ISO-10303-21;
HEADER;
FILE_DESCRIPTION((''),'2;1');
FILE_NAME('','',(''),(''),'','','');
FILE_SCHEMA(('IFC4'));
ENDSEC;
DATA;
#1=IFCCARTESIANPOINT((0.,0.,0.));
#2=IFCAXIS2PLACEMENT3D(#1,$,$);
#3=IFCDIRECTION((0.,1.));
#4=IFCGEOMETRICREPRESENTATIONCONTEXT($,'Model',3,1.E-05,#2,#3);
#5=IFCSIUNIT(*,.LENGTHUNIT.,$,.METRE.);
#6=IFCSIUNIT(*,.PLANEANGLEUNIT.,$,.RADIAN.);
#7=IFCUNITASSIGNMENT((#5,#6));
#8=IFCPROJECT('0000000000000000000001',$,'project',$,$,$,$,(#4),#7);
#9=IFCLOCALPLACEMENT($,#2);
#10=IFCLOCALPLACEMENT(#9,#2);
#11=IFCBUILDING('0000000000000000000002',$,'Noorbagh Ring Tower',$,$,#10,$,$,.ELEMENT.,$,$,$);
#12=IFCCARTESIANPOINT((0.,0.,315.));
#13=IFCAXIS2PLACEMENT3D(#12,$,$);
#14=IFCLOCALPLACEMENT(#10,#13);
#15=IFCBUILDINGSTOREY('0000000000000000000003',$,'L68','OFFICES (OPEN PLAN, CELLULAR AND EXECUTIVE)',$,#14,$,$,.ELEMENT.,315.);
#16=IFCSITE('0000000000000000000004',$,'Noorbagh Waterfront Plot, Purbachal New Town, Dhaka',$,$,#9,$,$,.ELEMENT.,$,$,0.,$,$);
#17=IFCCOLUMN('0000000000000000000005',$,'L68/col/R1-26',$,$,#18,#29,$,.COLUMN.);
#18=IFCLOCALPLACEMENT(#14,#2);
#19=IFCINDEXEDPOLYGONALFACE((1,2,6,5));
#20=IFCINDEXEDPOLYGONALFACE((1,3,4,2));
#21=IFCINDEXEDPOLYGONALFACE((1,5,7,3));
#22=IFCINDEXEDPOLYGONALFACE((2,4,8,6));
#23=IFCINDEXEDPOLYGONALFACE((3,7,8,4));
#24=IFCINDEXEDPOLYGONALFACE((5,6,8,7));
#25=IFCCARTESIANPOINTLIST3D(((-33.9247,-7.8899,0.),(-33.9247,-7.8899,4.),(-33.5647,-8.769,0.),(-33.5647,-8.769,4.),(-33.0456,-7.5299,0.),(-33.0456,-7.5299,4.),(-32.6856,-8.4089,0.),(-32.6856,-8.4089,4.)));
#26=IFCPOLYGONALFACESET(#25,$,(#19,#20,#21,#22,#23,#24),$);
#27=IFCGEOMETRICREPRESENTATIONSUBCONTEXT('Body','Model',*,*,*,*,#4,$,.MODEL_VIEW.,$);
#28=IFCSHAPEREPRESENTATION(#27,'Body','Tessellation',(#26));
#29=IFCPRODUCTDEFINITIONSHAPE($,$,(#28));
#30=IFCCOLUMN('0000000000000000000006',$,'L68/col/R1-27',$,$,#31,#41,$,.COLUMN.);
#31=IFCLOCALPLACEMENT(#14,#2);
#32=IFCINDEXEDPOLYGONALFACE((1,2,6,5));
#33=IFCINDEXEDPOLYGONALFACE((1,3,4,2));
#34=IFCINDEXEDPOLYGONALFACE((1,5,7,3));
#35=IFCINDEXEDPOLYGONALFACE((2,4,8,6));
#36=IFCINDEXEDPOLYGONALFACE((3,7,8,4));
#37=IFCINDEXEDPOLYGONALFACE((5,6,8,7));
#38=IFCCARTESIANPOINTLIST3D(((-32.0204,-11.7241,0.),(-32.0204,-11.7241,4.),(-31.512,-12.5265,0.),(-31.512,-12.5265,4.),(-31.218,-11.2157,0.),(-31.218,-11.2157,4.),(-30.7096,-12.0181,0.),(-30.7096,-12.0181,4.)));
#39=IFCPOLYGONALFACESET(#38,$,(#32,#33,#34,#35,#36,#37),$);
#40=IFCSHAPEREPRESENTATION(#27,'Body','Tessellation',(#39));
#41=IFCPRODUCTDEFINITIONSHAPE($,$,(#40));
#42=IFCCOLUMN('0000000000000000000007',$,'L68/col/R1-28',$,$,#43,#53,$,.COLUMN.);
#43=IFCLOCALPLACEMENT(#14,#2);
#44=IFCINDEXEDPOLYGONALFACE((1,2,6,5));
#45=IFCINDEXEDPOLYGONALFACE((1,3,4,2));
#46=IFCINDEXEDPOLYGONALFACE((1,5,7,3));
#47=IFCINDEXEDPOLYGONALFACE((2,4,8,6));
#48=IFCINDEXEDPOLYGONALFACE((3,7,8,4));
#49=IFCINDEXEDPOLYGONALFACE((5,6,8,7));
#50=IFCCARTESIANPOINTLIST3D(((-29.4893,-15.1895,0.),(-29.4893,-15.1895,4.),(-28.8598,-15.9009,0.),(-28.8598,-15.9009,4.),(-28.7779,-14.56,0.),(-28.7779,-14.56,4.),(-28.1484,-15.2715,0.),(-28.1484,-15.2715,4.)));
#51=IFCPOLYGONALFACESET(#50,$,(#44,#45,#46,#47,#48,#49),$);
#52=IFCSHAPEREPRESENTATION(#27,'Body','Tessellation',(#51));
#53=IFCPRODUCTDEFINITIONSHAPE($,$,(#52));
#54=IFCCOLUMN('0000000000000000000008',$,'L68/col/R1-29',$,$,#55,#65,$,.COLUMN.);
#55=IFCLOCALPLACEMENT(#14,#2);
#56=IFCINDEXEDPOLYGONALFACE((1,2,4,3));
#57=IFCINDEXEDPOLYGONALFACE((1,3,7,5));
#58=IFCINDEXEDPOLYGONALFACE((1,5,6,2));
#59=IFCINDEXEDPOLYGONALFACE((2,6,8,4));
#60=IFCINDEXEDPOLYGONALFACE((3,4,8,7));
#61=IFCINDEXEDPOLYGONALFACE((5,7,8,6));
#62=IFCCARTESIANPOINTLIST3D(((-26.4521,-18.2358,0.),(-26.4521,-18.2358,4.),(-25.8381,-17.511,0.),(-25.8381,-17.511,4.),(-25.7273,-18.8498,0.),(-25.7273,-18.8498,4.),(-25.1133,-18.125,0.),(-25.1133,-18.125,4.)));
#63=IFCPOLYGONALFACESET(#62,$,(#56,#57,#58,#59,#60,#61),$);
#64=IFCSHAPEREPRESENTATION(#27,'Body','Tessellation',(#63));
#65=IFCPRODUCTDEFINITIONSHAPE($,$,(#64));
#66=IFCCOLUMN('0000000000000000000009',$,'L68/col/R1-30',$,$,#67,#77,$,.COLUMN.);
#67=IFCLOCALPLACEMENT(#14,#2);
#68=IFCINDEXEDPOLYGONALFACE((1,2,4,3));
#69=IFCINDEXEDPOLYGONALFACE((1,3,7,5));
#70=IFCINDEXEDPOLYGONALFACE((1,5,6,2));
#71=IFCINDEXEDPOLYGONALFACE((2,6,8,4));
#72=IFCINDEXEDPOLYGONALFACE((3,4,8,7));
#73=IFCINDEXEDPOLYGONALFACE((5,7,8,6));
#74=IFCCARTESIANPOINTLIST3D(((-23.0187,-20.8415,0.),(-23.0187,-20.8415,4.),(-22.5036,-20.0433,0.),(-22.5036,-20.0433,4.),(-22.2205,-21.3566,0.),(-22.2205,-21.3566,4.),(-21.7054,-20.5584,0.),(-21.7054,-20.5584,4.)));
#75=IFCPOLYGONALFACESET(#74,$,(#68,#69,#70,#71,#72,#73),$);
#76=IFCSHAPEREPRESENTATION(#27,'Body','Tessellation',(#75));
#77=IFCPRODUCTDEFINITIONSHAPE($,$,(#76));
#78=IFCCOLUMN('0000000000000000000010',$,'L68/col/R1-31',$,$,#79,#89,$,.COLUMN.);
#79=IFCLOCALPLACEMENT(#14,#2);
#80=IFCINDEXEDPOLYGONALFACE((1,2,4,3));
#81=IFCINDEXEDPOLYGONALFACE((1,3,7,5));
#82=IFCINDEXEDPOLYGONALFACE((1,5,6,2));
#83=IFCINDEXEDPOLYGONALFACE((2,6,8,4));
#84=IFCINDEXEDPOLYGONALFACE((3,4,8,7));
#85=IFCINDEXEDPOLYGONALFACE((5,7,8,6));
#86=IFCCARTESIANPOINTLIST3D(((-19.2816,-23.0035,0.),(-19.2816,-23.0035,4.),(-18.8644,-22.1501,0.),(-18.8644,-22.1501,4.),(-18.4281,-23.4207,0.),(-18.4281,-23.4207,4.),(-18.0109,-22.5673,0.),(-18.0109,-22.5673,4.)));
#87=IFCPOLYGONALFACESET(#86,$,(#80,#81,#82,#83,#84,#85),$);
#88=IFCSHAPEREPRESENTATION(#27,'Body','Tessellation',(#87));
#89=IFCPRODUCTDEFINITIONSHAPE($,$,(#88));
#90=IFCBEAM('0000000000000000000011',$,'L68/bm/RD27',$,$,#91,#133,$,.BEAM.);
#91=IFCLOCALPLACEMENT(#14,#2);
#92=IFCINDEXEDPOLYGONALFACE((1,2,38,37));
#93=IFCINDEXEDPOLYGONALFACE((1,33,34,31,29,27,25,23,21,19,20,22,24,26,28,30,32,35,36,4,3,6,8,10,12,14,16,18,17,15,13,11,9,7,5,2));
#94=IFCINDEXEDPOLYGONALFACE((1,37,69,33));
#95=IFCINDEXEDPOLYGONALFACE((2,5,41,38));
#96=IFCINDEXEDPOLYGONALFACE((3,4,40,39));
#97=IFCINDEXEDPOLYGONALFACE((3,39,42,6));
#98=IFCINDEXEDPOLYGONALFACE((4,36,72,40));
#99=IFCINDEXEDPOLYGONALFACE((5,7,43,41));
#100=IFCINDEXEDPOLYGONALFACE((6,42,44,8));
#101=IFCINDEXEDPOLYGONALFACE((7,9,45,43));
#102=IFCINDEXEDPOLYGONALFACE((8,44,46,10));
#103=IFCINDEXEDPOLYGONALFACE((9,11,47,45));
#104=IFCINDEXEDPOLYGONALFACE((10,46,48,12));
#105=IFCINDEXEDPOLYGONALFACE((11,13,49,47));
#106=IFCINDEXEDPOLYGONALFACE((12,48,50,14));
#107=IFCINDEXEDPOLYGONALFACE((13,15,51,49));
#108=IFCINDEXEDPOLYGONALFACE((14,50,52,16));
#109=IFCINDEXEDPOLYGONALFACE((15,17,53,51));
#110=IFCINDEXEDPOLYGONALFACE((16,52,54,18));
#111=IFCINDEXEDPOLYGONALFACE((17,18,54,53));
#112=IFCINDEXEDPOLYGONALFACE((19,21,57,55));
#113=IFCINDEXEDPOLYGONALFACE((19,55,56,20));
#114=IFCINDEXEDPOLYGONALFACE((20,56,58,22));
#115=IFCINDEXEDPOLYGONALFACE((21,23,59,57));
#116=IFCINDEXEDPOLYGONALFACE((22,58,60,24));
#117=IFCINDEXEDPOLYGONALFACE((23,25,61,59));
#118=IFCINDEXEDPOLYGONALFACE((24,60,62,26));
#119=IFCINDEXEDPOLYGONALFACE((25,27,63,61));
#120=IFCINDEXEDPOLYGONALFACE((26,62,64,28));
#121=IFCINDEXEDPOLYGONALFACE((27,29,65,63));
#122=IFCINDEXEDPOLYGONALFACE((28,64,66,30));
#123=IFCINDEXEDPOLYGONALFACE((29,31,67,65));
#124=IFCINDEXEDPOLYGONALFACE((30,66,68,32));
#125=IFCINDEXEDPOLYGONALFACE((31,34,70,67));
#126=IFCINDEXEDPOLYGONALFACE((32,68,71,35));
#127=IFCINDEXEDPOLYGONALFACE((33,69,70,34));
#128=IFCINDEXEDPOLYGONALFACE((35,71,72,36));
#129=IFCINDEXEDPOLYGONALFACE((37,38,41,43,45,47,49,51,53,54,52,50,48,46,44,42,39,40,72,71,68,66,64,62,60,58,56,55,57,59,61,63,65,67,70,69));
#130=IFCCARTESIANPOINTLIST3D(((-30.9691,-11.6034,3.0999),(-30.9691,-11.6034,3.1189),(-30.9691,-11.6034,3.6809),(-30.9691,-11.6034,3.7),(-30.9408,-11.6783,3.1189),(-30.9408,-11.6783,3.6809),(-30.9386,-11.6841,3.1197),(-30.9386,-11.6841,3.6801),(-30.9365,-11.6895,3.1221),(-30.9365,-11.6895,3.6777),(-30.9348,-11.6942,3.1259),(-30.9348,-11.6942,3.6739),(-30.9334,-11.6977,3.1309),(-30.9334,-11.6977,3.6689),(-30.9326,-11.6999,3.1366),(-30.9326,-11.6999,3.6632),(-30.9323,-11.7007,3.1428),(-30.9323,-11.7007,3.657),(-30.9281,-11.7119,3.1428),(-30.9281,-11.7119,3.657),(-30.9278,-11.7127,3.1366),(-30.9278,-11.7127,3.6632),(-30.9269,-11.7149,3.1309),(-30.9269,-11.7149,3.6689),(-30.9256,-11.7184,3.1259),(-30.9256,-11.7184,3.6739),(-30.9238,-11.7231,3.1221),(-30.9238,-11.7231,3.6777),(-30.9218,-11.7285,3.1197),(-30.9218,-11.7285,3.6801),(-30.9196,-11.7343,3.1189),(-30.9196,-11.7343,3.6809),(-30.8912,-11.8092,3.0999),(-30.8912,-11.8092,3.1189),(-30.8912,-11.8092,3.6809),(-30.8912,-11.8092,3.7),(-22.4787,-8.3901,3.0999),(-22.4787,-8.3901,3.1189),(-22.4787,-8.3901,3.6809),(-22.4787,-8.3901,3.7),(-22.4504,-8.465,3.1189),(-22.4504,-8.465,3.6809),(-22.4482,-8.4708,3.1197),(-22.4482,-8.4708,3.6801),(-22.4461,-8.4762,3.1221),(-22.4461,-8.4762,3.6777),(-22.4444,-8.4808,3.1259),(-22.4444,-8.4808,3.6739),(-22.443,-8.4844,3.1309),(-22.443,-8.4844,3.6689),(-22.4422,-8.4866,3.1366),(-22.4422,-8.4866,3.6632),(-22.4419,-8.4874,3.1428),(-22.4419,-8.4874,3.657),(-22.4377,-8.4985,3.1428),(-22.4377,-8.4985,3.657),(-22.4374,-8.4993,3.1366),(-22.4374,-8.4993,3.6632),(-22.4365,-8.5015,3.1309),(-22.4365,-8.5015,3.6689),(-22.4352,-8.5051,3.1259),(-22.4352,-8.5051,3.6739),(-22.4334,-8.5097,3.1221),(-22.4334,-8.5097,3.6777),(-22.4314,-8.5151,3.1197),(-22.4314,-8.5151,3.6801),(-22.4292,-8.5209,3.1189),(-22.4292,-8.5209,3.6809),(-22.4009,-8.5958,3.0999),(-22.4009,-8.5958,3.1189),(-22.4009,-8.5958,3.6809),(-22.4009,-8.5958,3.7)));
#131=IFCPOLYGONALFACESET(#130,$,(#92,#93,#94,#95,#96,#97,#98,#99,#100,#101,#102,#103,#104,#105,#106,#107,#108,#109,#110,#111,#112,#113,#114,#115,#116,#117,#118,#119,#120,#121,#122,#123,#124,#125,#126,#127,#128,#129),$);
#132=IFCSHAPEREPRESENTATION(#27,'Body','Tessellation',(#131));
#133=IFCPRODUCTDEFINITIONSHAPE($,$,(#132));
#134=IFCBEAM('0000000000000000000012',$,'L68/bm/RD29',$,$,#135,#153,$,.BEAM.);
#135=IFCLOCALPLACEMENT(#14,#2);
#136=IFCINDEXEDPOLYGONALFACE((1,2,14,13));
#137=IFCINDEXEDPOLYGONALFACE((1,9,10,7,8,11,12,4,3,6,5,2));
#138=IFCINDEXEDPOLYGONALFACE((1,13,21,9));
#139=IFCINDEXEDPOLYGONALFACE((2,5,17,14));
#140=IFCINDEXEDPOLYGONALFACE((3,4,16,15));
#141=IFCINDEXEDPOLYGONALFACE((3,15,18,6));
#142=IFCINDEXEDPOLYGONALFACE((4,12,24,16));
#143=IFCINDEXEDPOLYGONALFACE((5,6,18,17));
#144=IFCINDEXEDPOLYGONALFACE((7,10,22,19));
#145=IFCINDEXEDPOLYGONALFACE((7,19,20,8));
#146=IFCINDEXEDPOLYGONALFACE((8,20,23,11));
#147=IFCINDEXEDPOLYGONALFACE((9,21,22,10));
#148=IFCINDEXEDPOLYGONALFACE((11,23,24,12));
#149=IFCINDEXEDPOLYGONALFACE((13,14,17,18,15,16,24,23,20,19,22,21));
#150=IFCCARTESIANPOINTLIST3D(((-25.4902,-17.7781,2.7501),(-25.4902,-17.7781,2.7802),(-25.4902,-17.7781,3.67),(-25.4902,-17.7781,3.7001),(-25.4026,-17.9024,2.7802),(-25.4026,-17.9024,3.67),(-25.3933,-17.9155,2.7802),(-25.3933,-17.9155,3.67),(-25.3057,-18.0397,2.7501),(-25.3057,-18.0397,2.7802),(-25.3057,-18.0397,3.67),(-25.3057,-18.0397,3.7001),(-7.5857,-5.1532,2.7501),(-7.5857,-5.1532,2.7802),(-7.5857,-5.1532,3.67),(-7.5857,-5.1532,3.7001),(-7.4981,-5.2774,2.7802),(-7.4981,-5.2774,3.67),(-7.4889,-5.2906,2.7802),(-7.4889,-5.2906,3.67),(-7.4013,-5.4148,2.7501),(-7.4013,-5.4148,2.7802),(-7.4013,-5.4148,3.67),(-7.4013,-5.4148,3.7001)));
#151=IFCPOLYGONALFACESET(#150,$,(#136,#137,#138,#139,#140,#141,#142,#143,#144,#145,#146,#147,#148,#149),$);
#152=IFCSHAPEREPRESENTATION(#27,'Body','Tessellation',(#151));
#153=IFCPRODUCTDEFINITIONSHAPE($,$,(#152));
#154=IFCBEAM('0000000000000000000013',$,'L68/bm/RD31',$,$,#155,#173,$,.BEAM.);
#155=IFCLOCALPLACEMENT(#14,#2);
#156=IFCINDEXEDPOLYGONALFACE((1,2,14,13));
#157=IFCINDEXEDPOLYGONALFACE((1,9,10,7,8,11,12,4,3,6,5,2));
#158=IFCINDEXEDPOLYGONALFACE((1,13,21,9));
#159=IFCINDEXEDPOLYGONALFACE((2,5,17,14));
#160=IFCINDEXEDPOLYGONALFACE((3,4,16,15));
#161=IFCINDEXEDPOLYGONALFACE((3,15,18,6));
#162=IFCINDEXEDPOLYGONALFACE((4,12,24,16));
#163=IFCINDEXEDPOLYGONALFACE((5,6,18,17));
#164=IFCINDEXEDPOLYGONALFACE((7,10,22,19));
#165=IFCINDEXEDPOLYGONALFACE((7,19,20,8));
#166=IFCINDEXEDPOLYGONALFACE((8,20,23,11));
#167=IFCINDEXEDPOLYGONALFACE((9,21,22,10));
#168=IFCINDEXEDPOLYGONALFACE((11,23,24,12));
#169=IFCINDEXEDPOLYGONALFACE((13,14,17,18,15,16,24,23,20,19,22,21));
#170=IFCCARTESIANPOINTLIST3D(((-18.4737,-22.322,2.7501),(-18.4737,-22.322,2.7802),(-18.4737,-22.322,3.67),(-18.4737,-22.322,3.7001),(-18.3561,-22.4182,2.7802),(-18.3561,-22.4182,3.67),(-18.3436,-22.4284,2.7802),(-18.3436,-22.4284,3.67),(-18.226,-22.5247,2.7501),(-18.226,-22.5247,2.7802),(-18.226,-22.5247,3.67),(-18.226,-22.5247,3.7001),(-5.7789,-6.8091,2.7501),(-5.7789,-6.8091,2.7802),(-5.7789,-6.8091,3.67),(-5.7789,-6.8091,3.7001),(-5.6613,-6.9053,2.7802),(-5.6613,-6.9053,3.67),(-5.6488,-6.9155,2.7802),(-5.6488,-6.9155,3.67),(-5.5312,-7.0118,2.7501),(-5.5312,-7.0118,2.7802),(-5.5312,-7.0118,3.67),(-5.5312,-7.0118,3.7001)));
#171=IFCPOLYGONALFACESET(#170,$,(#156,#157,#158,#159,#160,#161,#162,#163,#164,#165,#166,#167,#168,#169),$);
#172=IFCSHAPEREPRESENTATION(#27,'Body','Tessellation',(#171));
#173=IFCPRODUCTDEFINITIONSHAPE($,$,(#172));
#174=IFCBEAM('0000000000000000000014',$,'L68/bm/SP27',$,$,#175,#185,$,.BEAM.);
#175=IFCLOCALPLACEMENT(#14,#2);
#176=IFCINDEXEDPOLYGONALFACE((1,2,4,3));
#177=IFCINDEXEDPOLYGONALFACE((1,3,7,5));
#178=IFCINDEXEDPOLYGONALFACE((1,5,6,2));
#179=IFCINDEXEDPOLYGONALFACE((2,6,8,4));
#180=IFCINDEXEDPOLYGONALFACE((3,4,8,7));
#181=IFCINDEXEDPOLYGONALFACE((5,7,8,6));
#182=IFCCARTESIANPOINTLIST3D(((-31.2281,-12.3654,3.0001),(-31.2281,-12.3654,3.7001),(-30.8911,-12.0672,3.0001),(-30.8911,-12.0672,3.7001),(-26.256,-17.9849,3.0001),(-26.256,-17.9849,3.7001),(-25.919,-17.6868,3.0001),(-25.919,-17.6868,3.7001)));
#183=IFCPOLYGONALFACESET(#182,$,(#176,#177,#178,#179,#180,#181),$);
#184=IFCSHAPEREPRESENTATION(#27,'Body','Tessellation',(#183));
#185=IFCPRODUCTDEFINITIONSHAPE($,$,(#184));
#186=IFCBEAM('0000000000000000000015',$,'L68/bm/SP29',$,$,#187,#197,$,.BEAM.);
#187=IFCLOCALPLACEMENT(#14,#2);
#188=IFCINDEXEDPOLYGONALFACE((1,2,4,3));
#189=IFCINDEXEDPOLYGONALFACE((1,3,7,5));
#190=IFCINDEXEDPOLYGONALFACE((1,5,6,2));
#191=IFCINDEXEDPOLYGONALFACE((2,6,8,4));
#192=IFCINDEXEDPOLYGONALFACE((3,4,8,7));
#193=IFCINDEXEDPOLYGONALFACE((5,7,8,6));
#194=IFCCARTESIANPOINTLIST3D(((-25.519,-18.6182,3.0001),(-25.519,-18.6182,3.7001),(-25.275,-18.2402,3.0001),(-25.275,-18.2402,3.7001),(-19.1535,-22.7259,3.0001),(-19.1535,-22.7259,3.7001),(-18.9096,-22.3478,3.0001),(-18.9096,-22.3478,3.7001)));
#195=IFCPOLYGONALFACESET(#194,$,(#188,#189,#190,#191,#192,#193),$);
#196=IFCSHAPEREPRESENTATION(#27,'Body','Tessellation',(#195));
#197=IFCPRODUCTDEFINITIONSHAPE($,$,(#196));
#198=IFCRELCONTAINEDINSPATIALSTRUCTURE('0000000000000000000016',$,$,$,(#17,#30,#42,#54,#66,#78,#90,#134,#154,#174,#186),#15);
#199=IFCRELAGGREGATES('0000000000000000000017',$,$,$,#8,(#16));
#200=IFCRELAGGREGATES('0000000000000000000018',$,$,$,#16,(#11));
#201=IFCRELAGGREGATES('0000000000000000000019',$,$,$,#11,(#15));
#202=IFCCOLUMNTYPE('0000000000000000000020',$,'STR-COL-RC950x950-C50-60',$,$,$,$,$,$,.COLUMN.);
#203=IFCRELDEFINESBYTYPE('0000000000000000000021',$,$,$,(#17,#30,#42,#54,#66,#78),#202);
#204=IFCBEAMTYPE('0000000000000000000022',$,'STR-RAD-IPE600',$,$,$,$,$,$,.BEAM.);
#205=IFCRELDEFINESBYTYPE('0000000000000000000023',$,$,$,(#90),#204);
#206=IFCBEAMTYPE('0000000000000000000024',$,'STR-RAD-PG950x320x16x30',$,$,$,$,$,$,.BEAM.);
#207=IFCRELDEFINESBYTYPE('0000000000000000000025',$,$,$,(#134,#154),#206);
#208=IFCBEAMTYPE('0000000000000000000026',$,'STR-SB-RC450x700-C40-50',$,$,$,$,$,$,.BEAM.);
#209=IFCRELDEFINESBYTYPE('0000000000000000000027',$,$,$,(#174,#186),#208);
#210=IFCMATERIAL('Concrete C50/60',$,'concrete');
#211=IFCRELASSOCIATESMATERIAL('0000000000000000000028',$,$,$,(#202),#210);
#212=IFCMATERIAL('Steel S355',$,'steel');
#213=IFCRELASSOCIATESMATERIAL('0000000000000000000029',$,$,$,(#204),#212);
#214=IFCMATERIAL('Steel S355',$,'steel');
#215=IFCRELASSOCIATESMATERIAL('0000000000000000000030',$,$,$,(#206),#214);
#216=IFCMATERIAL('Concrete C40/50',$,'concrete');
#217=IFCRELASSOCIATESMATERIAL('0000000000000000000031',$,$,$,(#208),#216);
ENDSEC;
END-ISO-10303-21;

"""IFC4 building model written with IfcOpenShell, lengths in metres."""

from ifc_helpers import new_model, si_unit, direction, frame, origin, origin_2d, place, context, subcontext, project, spatial, rectangle, i_section, extrude, material, material_profile, profile_set, type_object, element, save


model = new_model("IFC4")

# Units and contexts
model_context = context("Model", 3, precision=1e-05, world=origin(), true_north=direction((0.0, 1.0)))
body_context = subcontext(model_context, "Body", "Model", "MODEL_VIEW")
ifc_project = project(units=[si_unit("LENGTHUNIT", "METRE"), si_unit("PLANEANGLEUNIT", "RADIAN")], contexts=[model_context])

# Site, building, storey
site_placement = place(None, origin())
site = spatial("IfcSite", under=ifc_project, at=site_placement, Name="Noorbagh Waterfront Plot, Purbachal New Town, Dhaka", CompositionType="ELEMENT", RefElevation=0.0)
building_placement = place(site_placement, origin())
building = spatial("IfcBuilding", under=site, at=building_placement, Name="Noorbagh Ring Tower", CompositionType="ELEMENT")
storey_placement = place(building_placement, frame((0.0, 0.0, 315.0)))
storey = spatial("IfcBuildingStorey", under=building, at=storey_placement, Name="L68", Description="OFFICES (OPEN PLAN, CELLULAR AND EXECUTIVE)", CompositionType="ELEMENT", Elevation=315.0)

# Columns
ifc_material_1 = material(Name="Concrete C50/60", Category="concrete")
ifc_material_profile_1 = material_profile(ifc_material_1, rectangle(XDim=0.95, YDim=0.95, at=origin_2d()), Name="RC950x950")
ifc_profile_set_1 = profile_set([ifc_material_profile_1], Name="Concrete C50/60")
column_type = type_object("IfcColumnType", Name="STR-COL-RC950x950-C50-60", PredefinedType="COLUMN", material=ifc_profile_set_1)
for number, where, z_axis, x_axis, name in (
    (1, (-33.3052, -8.1494, 0.0), (0.0, 0.0, 1.0), (0.378989, -0.925401, 0.0), "L68/col/R1-26"),
    (2, (-31.365, -11.8711, 0.0), (0.0, 0.0, 1.0), (0.53519, -0.844731, 0.0), "L68/col/R1-27"),
    (3, (-28.8188, -15.2305, 0.0), (0.0, 0.0, 1.0), (0.662636, -0.748942, 0.0), "L68/col/R1-28"),
    (4, (-25.7827, -18.1804, 0.0), (0.0, 0.0, 1.0), (0.763035, -0.646357, 0.0), "L68/col/R1-29"),
    (5, (-22.3621, -20.7, 0.0), (0.0, 0.0, 1.0), (0.840248, -0.542203, 0.0), "L68/col/R1-30"),
    (6, (-18.6462, -22.7854, 0.0), (0.0, 0.0, 1.0), (0.898399, -0.43918, 0.0), "L68/col/R1-31"),
):
    element("IfcColumn", number, at=place(storey_placement, frame(where, z_axis=z_axis, x_axis=x_axis)), inside=storey, type_object=column_type, Name=name, PredefinedType="COLUMN", context=body_context, shape_type="SweptSolid", body=[
        extrude(rectangle(XDim=0.95, YDim=0.95, at=origin_2d()), origin(), (0.0, 0.0, 1.0), 4.0),
    ])

# Beams
ifc_material_2 = material(Name="Steel S355", Category="steel")
ifc_material_profile_2 = material_profile(ifc_material_2, i_section(OverallWidth=0.22, OverallDepth=0.6001, WebThickness=0.012, FlangeThickness=0.019, FilletRadius=0.0239, at=origin_2d()), Name="IPE600")
ifc_profile_set_2 = profile_set([ifc_material_profile_2], Name="Steel S355")
beam_type_1 = type_object("IfcBeamType", Name="STR-RAD-IPE600", PredefinedType="BEAM", material=ifc_profile_set_2)
beam_1_placement = place(storey_placement, frame((-30.9302, -11.7063, 3.3999), z_axis=(0.935258, 0.353966, 0.0), x_axis=(-0.353966, 0.935258, 0.0)))
element("IfcBeam", 7, at=beam_1_placement, inside=storey, type_object=beam_type_1, Name="L68/bm/RD27", PredefinedType="BEAM", context=body_context, shape_type="SweptSolid", body=[
    extrude(i_section(OverallWidth=0.22, OverallDepth=0.6001, WebThickness=0.012, FlangeThickness=0.019, FilletRadius=0.0239, at=origin_2d()), origin(), (0.0, 0.0, 1.0), 9.0781),
])
ifc_material_3 = material(Name="Steel S355", Category="steel")
ifc_material_profile_3 = material_profile(ifc_material_3, i_section(OverallWidth=0.3201, OverallDepth=0.95, WebThickness=0.0161, FlangeThickness=0.03, at=origin_2d()), Name="PG950x320x16x30")
ifc_profile_set_3 = profile_set([ifc_material_profile_3], Name="Steel S355")
beam_type_2 = type_object("IfcBeamType", Name="STR-RAD-PG950x320x16x30", PredefinedType="BEAM", material=ifc_profile_set_3)
beam_2_placement = place(storey_placement, frame((-25.3979, -17.9089, 3.2251), z_axis=(0.817258, 0.576272, 0.0), x_axis=(-0.576272, 0.817258, 0.0)))
element("IfcBeam", 8, at=beam_2_placement, inside=storey, type_object=beam_type_2, Name="L68/bm/RD29", PredefinedType="BEAM", context=body_context, shape_type="SweptSolid", body=[
    extrude(i_section(OverallWidth=0.3201, OverallDepth=0.95, WebThickness=0.0161, FlangeThickness=0.03, at=origin_2d()), origin(), (0.0, 0.0, 1.0), 21.908),
])
beam_3_placement = place(storey_placement, frame((-18.3499, -22.4233, 3.2251), z_axis=(0.63331, 0.773898, 0.0), x_axis=(-0.773898, 0.63331, 0.0)))
element("IfcBeam", 9, at=beam_3_placement, inside=storey, type_object=beam_type_2, Name="L68/bm/RD31", PredefinedType="BEAM", context=body_context, shape_type="SweptSolid", body=[
    extrude(i_section(OverallWidth=0.3201, OverallDepth=0.95, WebThickness=0.0161, FlangeThickness=0.03, at=origin_2d()), origin(), (0.0, 0.0, 1.0), 20.0452),
])
ifc_material_4 = material(Name="Concrete C40/50", Category="concrete")
ifc_material_profile_4 = material_profile(ifc_material_4, rectangle(XDim=0.45, YDim=0.7, at=origin_2d()), Name="RC450x700")
ifc_profile_set_4 = profile_set([ifc_material_profile_4], Name="Concrete C40/50")
beam_type_3 = type_object("IfcBeamType", Name="STR-SB-RC450x700-C40-50", PredefinedType="BEAM", material=ifc_profile_set_4)
beam_4_placement = place(storey_placement, frame((-31.0596, -12.2163, 3.3501), z_axis=(0.662645, -0.748933, 0.0), x_axis=(0.748933, 0.662645, 0.0)))
element("IfcBeam", 10, at=beam_4_placement, inside=storey, type_object=beam_type_3, Name="L68/bm/SP27", PredefinedType="BEAM", context=body_context, shape_type="SweptSolid", body=[
    extrude(rectangle(XDim=0.45, YDim=0.7, at=origin_2d()), origin(), (0.0, 0.0, 1.0), 7.5034),
])
beam_5_placement = place(storey_placement, frame((-25.397, -18.4292, 3.3501), z_axis=(0.840242, -0.542211, 0.0), x_axis=(0.542211, 0.840242, 0.0)))
element("IfcBeam", 11, at=beam_5_placement, inside=storey, type_object=beam_type_3, Name="L68/bm/SP29", PredefinedType="BEAM", context=body_context, shape_type="SweptSolid", body=[
    extrude(rectangle(XDim=0.45, YDim=0.7, at=origin_2d()), origin(), (0.0, 0.0, 1.0), 7.5757),
])

save(model, "model.ifc")
